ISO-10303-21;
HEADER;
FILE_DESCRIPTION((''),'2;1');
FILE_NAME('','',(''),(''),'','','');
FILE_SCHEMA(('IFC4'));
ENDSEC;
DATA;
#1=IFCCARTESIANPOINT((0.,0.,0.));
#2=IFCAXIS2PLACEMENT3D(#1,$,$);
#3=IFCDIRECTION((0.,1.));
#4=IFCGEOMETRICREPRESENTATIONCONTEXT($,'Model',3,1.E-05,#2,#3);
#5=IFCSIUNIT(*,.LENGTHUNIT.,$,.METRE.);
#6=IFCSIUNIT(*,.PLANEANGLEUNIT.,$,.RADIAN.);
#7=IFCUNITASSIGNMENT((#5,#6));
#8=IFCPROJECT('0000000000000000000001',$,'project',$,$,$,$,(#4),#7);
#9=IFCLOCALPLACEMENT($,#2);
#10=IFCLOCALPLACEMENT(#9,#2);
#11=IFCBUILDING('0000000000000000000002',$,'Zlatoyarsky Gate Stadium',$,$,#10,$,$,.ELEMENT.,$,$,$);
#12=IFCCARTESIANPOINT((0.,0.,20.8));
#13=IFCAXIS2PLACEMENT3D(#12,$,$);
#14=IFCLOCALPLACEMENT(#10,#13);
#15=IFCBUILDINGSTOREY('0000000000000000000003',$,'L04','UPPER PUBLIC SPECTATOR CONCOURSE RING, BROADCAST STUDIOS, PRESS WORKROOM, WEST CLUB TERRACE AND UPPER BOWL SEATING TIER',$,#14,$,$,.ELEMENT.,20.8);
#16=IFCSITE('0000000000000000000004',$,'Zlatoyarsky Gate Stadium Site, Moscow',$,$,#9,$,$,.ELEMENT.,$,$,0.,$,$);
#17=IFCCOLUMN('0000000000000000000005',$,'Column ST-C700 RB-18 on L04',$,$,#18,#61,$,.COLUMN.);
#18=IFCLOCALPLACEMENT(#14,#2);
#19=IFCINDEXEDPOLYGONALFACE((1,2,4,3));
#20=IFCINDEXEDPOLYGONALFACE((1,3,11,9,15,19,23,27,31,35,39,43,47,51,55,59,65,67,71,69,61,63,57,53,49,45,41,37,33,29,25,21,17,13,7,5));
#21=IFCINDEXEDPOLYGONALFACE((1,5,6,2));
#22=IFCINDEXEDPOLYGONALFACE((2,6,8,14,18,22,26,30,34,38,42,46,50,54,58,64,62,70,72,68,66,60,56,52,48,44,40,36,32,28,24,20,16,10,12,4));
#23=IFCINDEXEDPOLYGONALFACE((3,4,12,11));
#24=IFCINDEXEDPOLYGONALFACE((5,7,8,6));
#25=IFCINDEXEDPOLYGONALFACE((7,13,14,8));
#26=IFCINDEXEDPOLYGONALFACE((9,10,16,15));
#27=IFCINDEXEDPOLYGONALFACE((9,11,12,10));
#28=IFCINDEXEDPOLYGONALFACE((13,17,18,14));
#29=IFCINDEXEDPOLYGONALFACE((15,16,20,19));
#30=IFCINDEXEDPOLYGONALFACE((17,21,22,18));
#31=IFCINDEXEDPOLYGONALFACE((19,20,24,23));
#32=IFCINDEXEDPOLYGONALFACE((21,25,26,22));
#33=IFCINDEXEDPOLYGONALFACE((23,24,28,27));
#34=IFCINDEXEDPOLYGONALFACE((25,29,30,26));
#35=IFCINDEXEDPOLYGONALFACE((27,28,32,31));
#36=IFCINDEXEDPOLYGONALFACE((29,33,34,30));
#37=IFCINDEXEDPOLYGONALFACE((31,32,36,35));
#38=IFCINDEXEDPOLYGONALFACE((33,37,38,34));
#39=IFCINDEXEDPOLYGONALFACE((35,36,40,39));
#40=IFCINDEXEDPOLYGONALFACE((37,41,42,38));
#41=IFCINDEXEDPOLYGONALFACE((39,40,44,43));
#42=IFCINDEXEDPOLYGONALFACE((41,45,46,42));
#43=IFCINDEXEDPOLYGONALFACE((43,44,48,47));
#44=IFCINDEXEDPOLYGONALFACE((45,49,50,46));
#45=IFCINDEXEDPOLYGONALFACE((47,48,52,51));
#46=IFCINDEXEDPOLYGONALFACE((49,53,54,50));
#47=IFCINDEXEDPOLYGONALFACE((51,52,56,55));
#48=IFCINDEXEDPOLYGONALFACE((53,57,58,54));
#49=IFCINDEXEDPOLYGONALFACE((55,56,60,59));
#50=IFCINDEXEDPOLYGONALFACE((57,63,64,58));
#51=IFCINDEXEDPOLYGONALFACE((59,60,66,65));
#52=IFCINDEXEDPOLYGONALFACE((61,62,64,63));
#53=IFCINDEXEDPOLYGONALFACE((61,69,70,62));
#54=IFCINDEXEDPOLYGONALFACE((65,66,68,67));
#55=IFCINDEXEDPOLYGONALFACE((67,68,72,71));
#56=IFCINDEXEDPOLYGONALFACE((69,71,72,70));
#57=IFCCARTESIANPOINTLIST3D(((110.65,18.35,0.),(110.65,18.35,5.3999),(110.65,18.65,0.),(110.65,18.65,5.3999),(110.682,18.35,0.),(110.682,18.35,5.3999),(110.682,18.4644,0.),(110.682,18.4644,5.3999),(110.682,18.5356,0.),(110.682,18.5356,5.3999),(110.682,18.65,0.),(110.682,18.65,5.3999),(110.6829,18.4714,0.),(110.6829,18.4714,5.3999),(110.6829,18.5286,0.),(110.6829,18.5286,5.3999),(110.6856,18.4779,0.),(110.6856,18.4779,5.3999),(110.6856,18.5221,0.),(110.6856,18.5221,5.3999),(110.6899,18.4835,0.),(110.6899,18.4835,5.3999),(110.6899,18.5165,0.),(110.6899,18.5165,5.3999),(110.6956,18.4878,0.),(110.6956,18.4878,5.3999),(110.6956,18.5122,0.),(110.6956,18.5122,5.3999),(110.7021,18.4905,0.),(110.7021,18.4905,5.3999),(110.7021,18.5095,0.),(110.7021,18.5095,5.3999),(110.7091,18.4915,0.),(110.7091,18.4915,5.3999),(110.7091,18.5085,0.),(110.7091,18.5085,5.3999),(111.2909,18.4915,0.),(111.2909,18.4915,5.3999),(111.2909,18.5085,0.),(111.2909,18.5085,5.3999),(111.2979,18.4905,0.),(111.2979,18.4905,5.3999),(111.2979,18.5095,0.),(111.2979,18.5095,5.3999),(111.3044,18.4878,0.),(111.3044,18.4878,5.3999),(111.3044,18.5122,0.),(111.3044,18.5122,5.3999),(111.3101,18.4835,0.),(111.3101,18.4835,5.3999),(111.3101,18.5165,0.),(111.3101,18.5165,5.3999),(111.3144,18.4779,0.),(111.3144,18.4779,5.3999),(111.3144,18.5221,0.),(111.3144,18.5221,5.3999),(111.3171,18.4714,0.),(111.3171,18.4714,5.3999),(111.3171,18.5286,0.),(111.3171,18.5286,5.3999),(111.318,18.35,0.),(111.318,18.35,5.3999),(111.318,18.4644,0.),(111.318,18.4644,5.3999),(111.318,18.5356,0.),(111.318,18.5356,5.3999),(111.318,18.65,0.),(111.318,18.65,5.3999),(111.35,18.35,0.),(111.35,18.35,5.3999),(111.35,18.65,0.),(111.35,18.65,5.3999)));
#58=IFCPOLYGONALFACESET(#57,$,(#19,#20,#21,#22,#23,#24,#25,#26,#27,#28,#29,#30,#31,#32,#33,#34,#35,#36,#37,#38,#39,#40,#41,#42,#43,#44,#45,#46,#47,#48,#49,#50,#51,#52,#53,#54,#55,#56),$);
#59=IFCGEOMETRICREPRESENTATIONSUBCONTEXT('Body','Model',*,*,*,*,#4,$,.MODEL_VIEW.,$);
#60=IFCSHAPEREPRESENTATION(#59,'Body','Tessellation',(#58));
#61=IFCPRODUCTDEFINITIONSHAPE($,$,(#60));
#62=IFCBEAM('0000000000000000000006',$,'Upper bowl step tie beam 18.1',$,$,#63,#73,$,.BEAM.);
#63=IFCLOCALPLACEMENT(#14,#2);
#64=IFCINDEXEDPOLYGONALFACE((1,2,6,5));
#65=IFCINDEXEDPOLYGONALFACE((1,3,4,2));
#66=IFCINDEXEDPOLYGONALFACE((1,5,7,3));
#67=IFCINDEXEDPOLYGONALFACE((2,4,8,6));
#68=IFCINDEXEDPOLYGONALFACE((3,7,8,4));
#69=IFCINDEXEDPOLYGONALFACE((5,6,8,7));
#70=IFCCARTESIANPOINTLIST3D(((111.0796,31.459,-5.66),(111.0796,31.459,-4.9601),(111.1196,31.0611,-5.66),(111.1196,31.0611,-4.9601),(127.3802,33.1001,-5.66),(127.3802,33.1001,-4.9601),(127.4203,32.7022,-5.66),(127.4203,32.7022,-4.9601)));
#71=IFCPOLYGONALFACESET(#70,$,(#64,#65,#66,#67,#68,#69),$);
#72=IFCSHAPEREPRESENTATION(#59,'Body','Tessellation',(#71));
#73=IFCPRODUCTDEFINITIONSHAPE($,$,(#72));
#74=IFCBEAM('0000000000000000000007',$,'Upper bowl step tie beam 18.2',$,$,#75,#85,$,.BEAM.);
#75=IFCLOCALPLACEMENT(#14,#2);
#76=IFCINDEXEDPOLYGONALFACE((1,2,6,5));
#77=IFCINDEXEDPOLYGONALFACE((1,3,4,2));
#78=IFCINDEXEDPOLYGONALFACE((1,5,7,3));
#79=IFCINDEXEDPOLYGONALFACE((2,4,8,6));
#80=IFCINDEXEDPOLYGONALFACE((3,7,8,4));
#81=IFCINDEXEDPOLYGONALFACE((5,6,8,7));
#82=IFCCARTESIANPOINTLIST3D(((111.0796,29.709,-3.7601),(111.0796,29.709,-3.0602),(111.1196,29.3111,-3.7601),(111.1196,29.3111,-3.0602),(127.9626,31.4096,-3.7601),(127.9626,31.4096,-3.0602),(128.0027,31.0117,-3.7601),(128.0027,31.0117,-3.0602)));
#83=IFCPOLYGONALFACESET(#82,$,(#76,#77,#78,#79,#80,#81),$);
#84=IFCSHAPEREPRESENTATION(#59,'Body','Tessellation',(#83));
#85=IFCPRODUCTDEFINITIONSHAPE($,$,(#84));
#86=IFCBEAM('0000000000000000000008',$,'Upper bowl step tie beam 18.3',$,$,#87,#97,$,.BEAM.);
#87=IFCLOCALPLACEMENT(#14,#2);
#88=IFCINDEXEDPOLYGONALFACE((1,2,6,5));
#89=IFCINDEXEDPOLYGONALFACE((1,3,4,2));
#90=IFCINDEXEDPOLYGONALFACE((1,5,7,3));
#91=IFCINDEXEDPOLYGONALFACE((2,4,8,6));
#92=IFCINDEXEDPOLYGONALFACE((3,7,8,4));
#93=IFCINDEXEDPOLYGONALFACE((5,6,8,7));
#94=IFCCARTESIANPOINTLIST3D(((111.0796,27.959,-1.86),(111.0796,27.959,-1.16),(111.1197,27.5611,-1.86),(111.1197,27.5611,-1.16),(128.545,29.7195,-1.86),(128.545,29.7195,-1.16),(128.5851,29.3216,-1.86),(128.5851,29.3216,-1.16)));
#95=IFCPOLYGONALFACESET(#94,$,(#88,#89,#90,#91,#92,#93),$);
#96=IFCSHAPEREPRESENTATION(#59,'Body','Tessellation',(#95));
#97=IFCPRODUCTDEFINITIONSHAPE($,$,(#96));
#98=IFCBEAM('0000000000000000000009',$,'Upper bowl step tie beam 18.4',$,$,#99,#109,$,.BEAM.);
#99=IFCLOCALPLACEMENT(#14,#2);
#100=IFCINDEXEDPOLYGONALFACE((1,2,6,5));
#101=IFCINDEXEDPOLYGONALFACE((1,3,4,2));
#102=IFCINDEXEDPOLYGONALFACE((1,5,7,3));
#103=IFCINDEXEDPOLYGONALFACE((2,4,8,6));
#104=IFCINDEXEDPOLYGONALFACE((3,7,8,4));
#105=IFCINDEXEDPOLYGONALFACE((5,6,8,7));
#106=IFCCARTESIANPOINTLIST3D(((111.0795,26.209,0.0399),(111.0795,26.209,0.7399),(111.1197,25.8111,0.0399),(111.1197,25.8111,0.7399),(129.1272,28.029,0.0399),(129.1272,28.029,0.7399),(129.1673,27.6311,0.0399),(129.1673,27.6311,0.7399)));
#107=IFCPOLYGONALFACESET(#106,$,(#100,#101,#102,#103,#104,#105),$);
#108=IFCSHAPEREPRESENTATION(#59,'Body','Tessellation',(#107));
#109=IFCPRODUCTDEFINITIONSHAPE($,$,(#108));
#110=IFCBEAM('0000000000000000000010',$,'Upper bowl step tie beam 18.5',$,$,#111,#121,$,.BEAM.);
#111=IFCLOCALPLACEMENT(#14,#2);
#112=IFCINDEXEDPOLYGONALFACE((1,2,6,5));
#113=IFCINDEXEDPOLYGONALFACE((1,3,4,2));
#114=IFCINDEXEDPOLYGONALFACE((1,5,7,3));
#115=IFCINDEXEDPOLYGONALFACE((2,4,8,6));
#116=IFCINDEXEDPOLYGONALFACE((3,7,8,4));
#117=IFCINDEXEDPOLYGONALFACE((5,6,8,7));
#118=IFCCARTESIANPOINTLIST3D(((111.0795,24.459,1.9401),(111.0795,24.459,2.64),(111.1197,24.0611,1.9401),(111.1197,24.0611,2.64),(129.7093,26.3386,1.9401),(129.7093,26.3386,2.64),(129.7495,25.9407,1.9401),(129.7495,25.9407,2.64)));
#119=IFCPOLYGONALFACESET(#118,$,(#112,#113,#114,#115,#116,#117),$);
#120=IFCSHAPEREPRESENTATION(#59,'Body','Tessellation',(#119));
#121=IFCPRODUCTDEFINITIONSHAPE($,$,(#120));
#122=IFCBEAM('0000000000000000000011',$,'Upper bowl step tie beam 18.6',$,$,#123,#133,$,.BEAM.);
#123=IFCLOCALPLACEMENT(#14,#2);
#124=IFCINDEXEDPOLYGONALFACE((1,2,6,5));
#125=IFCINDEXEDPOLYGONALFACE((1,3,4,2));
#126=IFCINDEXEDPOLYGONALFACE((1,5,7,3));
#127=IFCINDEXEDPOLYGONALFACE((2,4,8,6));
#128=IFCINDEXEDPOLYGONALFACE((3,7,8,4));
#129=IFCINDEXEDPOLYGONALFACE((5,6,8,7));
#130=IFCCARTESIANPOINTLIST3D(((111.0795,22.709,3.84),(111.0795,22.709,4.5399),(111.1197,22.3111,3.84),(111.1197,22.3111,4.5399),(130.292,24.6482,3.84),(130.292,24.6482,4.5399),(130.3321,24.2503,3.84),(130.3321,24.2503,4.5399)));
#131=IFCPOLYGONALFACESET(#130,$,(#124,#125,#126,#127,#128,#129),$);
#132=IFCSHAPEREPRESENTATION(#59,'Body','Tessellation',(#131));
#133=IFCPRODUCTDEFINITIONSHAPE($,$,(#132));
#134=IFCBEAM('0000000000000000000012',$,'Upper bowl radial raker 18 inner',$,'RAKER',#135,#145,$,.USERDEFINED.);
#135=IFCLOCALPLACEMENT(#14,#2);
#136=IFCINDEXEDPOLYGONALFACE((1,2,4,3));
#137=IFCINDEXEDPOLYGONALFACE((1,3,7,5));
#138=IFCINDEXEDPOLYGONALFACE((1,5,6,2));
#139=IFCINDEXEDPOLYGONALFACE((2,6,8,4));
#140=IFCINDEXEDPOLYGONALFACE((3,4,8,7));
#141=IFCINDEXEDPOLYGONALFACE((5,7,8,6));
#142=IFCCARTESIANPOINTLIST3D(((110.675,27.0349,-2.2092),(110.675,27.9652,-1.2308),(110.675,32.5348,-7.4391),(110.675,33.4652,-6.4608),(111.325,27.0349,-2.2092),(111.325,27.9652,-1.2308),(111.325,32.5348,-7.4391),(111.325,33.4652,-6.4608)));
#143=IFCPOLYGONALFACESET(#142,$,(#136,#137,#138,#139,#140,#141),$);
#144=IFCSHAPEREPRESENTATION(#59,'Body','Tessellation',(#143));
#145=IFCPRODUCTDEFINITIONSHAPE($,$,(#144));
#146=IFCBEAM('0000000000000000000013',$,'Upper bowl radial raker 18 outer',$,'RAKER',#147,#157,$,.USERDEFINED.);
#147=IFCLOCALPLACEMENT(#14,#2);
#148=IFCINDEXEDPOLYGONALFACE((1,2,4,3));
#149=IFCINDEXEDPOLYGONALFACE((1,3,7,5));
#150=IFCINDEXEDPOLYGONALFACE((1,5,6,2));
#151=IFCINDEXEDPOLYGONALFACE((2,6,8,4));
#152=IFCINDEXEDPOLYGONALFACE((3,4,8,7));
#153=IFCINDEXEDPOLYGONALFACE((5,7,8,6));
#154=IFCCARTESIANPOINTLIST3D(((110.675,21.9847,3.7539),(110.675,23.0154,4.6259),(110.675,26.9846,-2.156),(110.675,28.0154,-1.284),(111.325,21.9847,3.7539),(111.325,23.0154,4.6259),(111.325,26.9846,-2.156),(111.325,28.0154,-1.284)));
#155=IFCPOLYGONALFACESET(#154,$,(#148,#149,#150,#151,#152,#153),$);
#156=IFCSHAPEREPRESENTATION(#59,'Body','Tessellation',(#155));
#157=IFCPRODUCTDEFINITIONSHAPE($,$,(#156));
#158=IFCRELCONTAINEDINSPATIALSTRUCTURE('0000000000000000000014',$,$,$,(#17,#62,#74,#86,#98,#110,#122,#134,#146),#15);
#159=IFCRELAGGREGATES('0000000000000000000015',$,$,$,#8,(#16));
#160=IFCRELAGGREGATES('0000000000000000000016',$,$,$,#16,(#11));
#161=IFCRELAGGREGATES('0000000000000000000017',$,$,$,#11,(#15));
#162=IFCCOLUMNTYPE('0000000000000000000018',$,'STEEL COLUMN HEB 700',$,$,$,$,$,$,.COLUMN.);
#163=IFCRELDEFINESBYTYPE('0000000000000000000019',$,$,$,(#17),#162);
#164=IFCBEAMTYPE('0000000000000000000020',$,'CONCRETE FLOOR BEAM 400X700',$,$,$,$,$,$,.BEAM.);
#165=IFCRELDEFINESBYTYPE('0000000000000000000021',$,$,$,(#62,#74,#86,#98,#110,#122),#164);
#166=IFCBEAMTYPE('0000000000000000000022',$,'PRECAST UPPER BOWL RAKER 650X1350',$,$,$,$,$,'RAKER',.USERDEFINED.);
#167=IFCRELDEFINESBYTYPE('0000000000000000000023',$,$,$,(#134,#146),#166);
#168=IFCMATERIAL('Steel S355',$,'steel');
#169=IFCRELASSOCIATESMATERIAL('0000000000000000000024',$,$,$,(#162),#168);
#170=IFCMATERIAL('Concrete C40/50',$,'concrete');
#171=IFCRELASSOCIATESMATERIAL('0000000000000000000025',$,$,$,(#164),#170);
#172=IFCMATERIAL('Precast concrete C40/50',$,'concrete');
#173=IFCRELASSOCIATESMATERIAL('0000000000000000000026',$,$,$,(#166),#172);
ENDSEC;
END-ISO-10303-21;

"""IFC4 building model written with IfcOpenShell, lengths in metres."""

from ifc_helpers import new_model, si_unit, direction, frame, origin, origin_2d, place, context, subcontext, project, spatial, rectangle, i_section, extrude, material, material_profile, profile_set, type_object, element, save


model = new_model("IFC4")

# Units and contexts
model_context = context("Model", 3, precision=1e-05, world=origin(), true_north=direction((0.0, 1.0)))
body_context = subcontext(model_context, "Body", "Model", "MODEL_VIEW")
ifc_project = project(units=[si_unit("LENGTHUNIT", "METRE"), si_unit("PLANEANGLEUNIT", "RADIAN")], contexts=[model_context])

# Site, building, storey
site_placement = place(None, origin())
site = spatial("IfcSite", under=ifc_project, at=site_placement, Name="Zlatoyarsky Gate Stadium Site, Moscow", CompositionType="ELEMENT", RefElevation=0.0)
building_placement = place(site_placement, origin())
building = spatial("IfcBuilding", under=site, at=building_placement, Name="Zlatoyarsky Gate Stadium", CompositionType="ELEMENT")
storey_placement = place(building_placement, frame((0.0, 0.0, 20.8)))
storey = spatial("IfcBuildingStorey", under=building, at=storey_placement, Name="L04", Description="UPPER PUBLIC SPECTATOR CONCOURSE RING, BROADCAST STUDIOS, PRESS WORKROOM, WEST CLUB TERRACE AND UPPER BOWL SEATING TIER", CompositionType="ELEMENT", Elevation=20.8)

# Column
ifc_material_1 = material(Name="Steel S355", Category="steel")
ifc_material_profile_1 = material_profile(ifc_material_1, i_section(OverallWidth=0.3, OverallDepth=0.7, WebThickness=0.0171, FlangeThickness=0.032, FilletRadius=0.0271, at=origin_2d()), Name="HEB 700")
ifc_profile_set_1 = profile_set([ifc_material_profile_1], Name="Steel S355")
column_type = type_object("IfcColumnType", Name="STEEL COLUMN HEB 700", PredefinedType="COLUMN", material=ifc_profile_set_1)
column_placement = place(storey_placement, frame((111.0, 18.5, 0.0), z_axis=(0.0, 0.0, 1.0), x_axis=(0.0, -1.0, 0.0)))
element("IfcColumn", 1, at=column_placement, inside=storey, type_object=column_type, Name="Column ST-C700 RB-18 on L04", PredefinedType="COLUMN", context=body_context, shape_type="SweptSolid", body=[
    extrude(i_section(OverallWidth=0.3, OverallDepth=0.7, WebThickness=0.0171, FlangeThickness=0.032, FilletRadius=0.0271, at=origin_2d()), origin(), (0.0, 0.0, 1.0), 5.3999),
])

# Beams
ifc_material_2 = material(Name="Concrete C40/50", Category="concrete")
ifc_material_profile_2 = material_profile(ifc_material_2, rectangle(XDim=0.3999, YDim=0.7, at=origin_2d()), Name="RC BEAM 400X700")
ifc_profile_set_2 = profile_set([ifc_material_profile_2], Name="Concrete C40/50")
beam_type_1 = type_object("IfcBeamType", Name="CONCRETE FLOOR BEAM 400X700", PredefinedType="BEAM", material=ifc_profile_set_2)
beam_1_placement = place(storey_placement, frame((111.0996, 31.26, -5.3101), z_axis=(0.99497, 0.100172, 0.0), x_axis=(-0.100172, 0.99497, 0.0)))
element("IfcBeam", 2, at=beam_1_placement, inside=storey, type_object=beam_type_1, Name="Upper bowl step tie beam 18.1", PredefinedType="BEAM", context=body_context, shape_type="SweptSolid", body=[
    extrude(rectangle(XDim=0.3999, YDim=0.7, at=origin_2d()), origin(), (0.0, 0.0, 1.0), 16.3831),
])
beam_2_placement = place(storey_placement, frame((111.0996, 29.51, -3.4102), z_axis=(0.994965, 0.100226, 0.0), x_axis=(-0.100226, 0.994965, 0.0)))
element("IfcBeam", 3, at=beam_2_placement, inside=storey, type_object=beam_type_1, Name="Upper bowl step tie beam 18.2", PredefinedType="BEAM", context=body_context, shape_type="SweptSolid", body=[
    extrude(rectangle(XDim=0.3999, YDim=0.7, at=origin_2d()), origin(), (0.0, 0.0, 1.0), 16.9685),
])
beam_3_placement = place(storey_placement, frame((111.0996, 27.76, -1.51), z_axis=(0.994958, 0.100291, 0.0), x_axis=(-0.100291, 0.994958, 0.0)))
element("IfcBeam", 4, at=beam_3_placement, inside=storey, type_object=beam_type_1, Name="Upper bowl step tie beam 18.3", PredefinedType="BEAM", context=body_context, shape_type="SweptSolid", body=[
    extrude(rectangle(XDim=0.3999, YDim=0.7, at=origin_2d()), origin(), (0.0, 0.0, 1.0), 17.554),
])
beam_4_placement = place(storey_placement, frame((111.0996, 26.01, 0.3899), z_axis=(0.994953, 0.100339, 0.0), x_axis=(-0.100339, 0.994953, 0.0)))
element("IfcBeam", 5, at=beam_4_placement, inside=storey, type_object=beam_type_1, Name="Upper bowl step tie beam 18.4", PredefinedType="BEAM", context=body_context, shape_type="SweptSolid", body=[
    extrude(rectangle(XDim=0.3999, YDim=0.7, at=origin_2d()), origin(), (0.0, 0.0, 1.0), 18.1392),
])
beam_5_placement = place(storey_placement, frame((111.0996, 24.26, 2.29), z_axis=(0.994949, 0.100384, 0.0), x_axis=(-0.100384, 0.994949, 0.0)))
element("IfcBeam", 6, at=beam_5_placement, inside=storey, type_object=beam_type_1, Name="Upper bowl step tie beam 18.5", PredefinedType="BEAM", context=body_context, shape_type="SweptSolid", body=[
    extrude(rectangle(XDim=0.3999, YDim=0.7, at=origin_2d()), origin(), (0.0, 0.0, 1.0), 18.7244),
])
beam_6_placement = place(storey_placement, frame((111.0996, 22.51, 4.1899), z_axis=(0.994945, 0.100425, 0.0), x_axis=(-0.100425, 0.994945, 0.0)))
element("IfcBeam", 7, at=beam_6_placement, inside=storey, type_object=beam_type_1, Name="Upper bowl step tie beam 18.6", PredefinedType="BEAM", context=body_context, shape_type="SweptSolid", body=[
    extrude(rectangle(XDim=0.3999, YDim=0.7, at=origin_2d()), origin(), (0.0, 0.0, 1.0), 19.3101),
])
ifc_material_3 = material(Name="Precast concrete C40/50", Category="concrete")
ifc_material_profile_3 = material_profile(ifc_material_3, rectangle(XDim=0.6499, YDim=1.3501, at=origin_2d()), Name="PC RAKER 650X1350")
ifc_profile_set_3 = profile_set([ifc_material_profile_3], Name="Precast concrete C40/50")
beam_type_2 = type_object("IfcBeamType", Name="PRECAST UPPER BOWL RAKER 650X1350", ElementType="RAKER", PredefinedType="USERDEFINED", material=ifc_profile_set_3)
beam_7_placement = place(storey_placement, frame((111.0, 33.0, -6.95), z_axis=(0.0, -0.724672, 0.689094), x_axis=(1.0, 0.0, 0.0)))
element("IfcBeam", 8, at=beam_7_placement, inside=storey, type_object=beam_type_2, Name="Upper bowl radial raker 18 inner", ObjectType="RAKER", PredefinedType="USERDEFINED", context=body_context, shape_type="SweptSolid", body=[
    extrude(rectangle(XDim=0.6499, YDim=1.3501, at=origin_2d()), origin(), (0.0, 0.0, 1.0), 7.5896),
])
beam_8_placement = place(storey_placement, frame((111.0, 27.5, -1.72), z_axis=(0.0, -0.64589, 0.763431), x_axis=(1.0, 0.0, 0.0)))
element("IfcBeam", 9, at=beam_8_placement, inside=storey, type_object=beam_type_2, Name="Upper bowl radial raker 18 outer", ObjectType="RAKER", PredefinedType="USERDEFINED", context=body_context, shape_type="SweptSolid", body=[
    extrude(rectangle(XDim=0.6499, YDim=1.3501, at=origin_2d()), origin(), (0.0, 0.0, 1.0), 7.7412),
])

save(model, "model.ifc")
